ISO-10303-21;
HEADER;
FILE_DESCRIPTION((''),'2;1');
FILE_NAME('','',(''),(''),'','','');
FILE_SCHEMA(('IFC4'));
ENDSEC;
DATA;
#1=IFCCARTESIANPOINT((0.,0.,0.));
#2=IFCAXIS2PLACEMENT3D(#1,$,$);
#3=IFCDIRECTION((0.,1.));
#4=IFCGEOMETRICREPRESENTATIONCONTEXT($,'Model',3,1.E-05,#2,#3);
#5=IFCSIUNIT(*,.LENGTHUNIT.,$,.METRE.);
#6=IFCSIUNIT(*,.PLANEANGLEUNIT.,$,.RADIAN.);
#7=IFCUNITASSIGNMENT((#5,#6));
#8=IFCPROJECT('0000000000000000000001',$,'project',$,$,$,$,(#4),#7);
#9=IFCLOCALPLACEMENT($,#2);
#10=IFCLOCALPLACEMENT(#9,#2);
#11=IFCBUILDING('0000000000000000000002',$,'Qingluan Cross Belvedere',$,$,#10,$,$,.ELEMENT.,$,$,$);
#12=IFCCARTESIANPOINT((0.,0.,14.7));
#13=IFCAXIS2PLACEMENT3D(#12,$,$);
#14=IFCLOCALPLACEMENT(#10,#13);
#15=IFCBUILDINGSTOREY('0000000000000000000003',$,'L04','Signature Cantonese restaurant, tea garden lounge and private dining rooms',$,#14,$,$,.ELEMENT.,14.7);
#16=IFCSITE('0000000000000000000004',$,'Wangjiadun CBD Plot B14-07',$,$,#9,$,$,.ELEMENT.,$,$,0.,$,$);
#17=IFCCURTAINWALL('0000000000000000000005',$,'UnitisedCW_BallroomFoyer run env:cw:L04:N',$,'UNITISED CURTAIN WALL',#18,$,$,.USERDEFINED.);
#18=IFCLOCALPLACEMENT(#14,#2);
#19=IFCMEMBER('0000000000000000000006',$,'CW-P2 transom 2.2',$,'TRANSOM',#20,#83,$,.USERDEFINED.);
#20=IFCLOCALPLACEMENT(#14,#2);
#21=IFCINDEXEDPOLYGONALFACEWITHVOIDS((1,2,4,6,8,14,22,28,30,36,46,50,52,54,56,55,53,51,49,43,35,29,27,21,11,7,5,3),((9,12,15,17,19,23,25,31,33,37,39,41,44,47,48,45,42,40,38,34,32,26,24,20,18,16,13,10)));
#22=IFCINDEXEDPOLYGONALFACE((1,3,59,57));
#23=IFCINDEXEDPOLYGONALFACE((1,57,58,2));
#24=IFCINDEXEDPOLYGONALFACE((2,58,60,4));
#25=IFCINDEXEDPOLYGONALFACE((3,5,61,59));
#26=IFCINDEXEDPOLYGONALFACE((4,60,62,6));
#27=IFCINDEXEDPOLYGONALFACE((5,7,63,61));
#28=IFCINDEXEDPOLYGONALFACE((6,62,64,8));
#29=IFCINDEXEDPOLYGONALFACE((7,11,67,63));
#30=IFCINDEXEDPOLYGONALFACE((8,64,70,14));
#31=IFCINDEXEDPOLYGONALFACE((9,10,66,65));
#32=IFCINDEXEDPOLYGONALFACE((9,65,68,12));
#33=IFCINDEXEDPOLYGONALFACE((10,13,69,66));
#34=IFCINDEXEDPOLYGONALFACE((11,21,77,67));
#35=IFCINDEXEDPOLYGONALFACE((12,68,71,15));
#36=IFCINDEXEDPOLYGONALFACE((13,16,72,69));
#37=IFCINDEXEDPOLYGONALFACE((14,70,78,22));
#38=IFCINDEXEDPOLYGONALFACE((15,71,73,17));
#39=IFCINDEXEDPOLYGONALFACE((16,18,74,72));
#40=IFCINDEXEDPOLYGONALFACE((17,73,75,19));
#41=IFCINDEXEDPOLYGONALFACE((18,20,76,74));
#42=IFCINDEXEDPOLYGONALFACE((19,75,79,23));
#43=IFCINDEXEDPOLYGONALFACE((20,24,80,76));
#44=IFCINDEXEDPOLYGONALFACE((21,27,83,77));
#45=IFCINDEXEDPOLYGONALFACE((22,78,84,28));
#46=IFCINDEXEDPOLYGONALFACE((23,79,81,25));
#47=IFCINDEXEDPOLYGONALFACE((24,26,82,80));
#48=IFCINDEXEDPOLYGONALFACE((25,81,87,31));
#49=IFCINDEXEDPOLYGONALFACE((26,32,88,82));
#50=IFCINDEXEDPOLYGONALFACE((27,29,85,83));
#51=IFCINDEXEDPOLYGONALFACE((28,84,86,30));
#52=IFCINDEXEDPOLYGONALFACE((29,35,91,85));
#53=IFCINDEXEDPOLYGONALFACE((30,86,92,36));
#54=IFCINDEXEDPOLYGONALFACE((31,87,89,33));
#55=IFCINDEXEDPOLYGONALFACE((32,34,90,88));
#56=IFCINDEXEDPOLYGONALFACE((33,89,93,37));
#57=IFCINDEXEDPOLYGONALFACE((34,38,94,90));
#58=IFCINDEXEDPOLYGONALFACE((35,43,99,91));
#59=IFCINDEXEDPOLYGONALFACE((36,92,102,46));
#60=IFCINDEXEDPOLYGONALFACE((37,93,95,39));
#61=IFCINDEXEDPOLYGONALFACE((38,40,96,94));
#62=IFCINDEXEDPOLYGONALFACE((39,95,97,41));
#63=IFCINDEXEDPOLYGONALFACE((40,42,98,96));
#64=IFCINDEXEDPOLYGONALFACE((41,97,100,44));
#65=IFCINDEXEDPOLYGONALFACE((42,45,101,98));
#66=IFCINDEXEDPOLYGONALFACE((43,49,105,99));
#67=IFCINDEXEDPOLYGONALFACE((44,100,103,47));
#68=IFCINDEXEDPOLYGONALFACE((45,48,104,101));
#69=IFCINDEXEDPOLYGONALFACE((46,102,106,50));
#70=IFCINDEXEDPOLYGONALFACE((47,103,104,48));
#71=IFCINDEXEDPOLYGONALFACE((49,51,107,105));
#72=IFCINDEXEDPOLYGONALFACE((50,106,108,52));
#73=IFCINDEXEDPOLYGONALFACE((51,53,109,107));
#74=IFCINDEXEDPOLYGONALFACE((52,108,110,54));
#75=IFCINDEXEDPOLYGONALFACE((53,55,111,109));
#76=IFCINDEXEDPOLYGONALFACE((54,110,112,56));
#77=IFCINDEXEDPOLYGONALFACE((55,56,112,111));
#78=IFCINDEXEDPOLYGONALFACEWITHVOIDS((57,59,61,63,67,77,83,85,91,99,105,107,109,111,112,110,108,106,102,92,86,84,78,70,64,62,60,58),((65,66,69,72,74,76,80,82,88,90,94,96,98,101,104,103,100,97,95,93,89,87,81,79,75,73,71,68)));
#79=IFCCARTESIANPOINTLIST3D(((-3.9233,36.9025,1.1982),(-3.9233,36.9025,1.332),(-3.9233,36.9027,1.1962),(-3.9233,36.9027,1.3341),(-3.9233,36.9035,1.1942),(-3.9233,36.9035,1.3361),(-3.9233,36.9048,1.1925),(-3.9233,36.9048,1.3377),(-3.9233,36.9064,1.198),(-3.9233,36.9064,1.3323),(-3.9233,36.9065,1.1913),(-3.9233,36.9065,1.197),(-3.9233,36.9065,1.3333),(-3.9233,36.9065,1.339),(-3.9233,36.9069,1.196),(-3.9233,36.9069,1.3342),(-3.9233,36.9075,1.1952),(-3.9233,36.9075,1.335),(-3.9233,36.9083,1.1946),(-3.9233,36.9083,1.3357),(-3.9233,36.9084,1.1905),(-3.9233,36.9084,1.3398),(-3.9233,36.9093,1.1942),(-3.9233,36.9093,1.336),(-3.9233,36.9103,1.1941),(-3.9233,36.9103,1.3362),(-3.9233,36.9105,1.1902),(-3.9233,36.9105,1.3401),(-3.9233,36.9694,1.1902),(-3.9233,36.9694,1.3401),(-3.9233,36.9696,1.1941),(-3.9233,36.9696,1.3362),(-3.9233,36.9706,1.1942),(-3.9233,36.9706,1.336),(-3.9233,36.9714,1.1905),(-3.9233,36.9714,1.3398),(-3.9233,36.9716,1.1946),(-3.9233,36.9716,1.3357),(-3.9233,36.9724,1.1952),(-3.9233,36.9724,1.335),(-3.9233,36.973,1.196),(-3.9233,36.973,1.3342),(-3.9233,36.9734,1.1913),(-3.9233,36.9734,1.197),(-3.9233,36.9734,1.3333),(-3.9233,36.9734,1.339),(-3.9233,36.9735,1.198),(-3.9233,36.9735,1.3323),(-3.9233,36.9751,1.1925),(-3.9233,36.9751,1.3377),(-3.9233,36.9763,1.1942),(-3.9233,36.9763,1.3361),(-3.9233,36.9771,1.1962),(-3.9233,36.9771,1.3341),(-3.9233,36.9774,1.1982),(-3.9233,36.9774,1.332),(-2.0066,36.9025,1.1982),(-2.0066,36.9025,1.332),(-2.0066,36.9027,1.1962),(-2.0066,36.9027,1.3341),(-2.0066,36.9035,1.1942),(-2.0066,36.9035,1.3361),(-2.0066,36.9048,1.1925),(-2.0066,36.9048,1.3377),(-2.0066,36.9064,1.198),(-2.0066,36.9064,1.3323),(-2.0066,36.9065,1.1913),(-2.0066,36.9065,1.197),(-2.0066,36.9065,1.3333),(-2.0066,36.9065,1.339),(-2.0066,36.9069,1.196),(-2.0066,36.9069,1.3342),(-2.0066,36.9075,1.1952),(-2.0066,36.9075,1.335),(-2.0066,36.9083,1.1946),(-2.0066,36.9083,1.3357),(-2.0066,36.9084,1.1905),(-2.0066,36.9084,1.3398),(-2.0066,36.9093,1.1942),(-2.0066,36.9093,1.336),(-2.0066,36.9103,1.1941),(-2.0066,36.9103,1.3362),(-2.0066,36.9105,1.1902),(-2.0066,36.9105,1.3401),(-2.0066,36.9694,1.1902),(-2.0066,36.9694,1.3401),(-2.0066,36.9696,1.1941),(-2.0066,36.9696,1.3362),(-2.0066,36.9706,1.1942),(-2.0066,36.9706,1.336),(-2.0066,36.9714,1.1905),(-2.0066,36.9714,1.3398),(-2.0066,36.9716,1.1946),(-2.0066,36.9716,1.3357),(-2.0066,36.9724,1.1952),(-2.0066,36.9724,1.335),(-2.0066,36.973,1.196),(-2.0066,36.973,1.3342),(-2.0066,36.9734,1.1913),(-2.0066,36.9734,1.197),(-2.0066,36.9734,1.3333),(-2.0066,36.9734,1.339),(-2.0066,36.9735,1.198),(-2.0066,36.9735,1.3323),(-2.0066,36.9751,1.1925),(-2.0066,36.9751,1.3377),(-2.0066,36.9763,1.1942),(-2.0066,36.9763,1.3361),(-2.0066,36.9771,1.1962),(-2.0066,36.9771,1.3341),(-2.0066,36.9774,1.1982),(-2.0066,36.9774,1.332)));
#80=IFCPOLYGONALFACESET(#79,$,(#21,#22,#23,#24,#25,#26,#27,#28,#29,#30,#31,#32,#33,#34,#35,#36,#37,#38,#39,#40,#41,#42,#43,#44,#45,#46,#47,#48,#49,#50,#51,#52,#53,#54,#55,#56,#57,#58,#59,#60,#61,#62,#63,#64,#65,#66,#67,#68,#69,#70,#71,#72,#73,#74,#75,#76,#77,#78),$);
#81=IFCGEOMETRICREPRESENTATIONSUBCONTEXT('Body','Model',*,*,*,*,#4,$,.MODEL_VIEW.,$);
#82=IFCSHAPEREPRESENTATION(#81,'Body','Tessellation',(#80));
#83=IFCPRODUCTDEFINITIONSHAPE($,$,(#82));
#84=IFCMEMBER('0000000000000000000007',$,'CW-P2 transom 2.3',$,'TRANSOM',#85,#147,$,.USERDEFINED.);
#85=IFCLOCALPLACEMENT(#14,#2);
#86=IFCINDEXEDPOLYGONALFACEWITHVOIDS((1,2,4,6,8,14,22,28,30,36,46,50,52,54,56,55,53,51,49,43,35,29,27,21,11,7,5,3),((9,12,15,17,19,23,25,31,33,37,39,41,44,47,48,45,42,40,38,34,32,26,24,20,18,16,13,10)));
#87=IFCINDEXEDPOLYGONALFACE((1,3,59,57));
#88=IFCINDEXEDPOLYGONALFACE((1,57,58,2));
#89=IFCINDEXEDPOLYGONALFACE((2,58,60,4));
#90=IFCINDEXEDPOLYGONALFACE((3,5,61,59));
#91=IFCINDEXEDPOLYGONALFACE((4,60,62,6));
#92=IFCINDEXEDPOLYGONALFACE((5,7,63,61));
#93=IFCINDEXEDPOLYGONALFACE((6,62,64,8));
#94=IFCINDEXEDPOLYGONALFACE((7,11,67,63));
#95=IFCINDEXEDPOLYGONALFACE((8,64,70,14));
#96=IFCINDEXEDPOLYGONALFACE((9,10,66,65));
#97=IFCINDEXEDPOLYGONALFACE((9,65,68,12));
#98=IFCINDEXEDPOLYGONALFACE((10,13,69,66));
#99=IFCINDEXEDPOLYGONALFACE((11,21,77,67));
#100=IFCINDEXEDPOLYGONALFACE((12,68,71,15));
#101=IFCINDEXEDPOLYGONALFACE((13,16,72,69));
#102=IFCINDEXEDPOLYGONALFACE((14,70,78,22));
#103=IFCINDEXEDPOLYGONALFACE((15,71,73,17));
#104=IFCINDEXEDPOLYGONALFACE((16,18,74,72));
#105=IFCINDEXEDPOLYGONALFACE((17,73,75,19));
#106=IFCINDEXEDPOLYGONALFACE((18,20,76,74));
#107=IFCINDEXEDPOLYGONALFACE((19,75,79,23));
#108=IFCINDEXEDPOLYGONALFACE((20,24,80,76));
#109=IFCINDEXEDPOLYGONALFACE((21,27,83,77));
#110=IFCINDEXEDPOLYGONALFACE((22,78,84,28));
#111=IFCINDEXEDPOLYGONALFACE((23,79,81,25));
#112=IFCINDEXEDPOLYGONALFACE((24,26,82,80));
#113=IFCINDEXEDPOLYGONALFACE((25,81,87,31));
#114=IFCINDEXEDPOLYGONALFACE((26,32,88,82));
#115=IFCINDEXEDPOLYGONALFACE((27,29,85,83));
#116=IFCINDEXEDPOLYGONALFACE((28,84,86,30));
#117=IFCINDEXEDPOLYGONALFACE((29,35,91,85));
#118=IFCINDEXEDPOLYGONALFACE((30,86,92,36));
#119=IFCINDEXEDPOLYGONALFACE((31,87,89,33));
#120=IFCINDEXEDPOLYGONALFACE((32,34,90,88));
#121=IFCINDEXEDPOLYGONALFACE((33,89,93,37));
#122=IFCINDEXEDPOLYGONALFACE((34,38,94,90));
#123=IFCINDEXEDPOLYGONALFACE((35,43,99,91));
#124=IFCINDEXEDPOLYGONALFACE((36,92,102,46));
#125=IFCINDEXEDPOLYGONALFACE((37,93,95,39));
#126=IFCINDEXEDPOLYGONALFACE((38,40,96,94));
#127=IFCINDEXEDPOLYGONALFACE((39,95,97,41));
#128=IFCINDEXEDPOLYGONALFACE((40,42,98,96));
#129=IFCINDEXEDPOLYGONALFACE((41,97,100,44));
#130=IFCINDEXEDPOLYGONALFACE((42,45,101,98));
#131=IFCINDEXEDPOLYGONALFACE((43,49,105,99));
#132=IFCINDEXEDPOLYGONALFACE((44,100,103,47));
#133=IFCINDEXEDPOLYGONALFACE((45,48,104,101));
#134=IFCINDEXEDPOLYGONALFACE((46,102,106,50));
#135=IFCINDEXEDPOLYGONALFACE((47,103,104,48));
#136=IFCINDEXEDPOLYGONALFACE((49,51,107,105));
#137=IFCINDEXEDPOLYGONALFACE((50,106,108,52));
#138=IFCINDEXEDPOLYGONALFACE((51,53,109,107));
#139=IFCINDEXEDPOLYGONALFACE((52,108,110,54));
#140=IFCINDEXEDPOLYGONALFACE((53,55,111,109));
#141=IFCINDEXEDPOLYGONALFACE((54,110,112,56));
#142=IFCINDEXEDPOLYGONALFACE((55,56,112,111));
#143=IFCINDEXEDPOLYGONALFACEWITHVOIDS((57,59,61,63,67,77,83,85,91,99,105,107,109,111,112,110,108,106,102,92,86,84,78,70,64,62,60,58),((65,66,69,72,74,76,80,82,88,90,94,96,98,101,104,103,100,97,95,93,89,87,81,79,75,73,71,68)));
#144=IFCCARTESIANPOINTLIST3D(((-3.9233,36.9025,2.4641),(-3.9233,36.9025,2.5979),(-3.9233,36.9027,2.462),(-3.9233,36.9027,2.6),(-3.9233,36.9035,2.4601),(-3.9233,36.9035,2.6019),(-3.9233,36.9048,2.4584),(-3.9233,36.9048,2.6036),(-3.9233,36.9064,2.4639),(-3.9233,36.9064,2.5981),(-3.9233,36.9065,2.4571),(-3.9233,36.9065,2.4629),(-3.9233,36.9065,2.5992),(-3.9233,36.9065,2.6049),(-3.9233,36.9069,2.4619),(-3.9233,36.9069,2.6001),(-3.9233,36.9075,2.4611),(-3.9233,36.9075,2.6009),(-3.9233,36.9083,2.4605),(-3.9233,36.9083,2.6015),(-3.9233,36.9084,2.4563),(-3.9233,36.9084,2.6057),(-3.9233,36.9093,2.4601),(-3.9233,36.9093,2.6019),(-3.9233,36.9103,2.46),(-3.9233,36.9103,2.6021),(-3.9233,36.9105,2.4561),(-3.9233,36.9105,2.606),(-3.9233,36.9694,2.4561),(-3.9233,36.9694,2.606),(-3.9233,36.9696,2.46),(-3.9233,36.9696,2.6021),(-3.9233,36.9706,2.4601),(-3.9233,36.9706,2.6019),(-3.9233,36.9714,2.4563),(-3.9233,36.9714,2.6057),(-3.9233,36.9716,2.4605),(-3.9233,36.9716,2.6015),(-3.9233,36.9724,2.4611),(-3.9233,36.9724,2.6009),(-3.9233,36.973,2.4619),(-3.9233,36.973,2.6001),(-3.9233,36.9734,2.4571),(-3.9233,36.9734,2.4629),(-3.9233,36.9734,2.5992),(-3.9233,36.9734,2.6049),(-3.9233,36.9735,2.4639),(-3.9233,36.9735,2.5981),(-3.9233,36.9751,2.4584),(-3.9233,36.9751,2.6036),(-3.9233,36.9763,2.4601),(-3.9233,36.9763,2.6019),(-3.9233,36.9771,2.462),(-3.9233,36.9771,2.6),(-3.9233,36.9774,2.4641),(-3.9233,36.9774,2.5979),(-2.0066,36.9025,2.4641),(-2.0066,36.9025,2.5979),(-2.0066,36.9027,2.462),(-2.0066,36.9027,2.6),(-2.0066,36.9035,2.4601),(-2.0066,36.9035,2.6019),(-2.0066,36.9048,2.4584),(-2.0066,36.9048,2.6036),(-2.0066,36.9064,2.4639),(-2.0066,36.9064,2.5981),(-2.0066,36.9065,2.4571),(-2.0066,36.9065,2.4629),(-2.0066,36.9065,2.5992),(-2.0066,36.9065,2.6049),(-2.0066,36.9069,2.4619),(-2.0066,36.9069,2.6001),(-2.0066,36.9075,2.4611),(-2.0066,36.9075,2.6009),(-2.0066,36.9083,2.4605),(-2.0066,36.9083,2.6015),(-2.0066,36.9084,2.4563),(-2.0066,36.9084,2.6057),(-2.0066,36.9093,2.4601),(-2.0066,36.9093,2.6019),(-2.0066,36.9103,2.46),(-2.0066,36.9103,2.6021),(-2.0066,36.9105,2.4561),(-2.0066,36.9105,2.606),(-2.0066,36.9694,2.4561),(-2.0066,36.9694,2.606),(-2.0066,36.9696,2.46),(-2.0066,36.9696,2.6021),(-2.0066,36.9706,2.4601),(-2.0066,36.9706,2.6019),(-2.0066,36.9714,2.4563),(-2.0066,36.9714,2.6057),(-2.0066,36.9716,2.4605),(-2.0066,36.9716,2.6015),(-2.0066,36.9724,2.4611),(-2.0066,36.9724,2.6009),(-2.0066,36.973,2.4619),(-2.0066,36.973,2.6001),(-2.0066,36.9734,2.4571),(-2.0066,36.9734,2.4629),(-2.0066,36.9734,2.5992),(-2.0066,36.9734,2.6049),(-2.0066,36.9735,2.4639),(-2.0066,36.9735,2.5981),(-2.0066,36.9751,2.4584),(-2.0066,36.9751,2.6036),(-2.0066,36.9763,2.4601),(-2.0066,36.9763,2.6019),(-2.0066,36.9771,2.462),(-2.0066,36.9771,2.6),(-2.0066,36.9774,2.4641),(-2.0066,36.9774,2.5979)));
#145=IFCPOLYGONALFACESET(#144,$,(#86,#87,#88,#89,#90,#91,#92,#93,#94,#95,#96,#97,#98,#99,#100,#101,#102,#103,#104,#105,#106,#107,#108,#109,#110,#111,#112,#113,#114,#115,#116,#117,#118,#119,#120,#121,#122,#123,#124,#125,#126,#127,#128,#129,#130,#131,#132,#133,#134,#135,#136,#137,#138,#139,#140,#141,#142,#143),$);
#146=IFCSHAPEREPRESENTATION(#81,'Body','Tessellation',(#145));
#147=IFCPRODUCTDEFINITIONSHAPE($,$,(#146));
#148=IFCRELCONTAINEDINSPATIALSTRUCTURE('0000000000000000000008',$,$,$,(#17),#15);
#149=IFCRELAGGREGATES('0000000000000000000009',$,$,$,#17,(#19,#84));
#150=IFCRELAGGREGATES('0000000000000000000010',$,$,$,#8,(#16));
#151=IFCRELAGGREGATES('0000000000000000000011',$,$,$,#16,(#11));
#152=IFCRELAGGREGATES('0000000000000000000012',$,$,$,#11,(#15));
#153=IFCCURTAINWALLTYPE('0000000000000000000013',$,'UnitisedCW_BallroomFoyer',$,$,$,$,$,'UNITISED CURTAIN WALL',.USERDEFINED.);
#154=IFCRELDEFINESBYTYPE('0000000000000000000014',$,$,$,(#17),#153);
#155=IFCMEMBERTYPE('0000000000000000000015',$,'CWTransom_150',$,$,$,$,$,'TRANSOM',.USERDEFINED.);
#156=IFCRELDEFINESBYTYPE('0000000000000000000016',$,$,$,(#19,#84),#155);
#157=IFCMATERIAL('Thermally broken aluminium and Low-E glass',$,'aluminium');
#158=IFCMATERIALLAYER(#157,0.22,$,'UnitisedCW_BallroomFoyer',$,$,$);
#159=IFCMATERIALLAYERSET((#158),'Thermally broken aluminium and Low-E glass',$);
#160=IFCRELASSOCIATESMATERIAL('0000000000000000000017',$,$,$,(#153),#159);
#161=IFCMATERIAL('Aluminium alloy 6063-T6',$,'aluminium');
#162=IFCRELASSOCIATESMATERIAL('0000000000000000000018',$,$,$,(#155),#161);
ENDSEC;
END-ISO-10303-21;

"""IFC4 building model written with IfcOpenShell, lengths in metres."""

from ifc_helpers import new_model, si_unit, direction, frame, origin, origin_2d, place, context, subcontext, project, spatial, hollow_rectangle, extrude, material, layer, layer_set, material_profile, profile_set, type_object, element, aggregate, save


model = new_model("IFC4")

# Units and contexts
model_context = context("Model", 3, precision=1e-05, world=origin(), true_north=direction((0.0, 1.0)))
body_context = subcontext(model_context, "Body", "Model", "MODEL_VIEW")
ifc_project = project(units=[si_unit("LENGTHUNIT", "METRE"), si_unit("PLANEANGLEUNIT", "RADIAN")], contexts=[model_context])

# Site, building, storey
site_placement = place(None, origin())
site = spatial("IfcSite", under=ifc_project, at=site_placement, Name="Wangjiadun CBD Plot B14-07", CompositionType="ELEMENT", RefElevation=0.0)
building_placement = place(site_placement, origin())
building = spatial("IfcBuilding", under=site, at=building_placement, Name="Qingluan Cross Belvedere", CompositionType="ELEMENT")
storey_placement = place(building_placement, frame((0.0, 0.0, 14.7)))
storey = spatial("IfcBuildingStorey", under=building, at=storey_placement, Name="L04", Description="Signature Cantonese restaurant, tea garden lounge and private dining rooms", CompositionType="ELEMENT", Elevation=14.7)

# Curtain wall, members
ifc_material_1 = material(Name="Thermally broken aluminium and Low-E glass", Category="aluminium")
ifc_layer_1 = layer(ifc_material_1, 0.22, Name="UnitisedCW_BallroomFoyer")
ifc_layer_set_1 = layer_set([ifc_layer_1], Name="Thermally broken aluminium and Low-E glass")
curtain_wall_type = type_object("IfcCurtainWallType", Name="UnitisedCW_BallroomFoyer", ElementType="UNITISED CURTAIN WALL", PredefinedType="USERDEFINED", material=ifc_layer_set_1)
curtain_wall_placement = place(storey_placement, origin())
curtain_wall = element("IfcCurtainWall", 1, at=curtain_wall_placement, inside=storey, type_object=curtain_wall_type, Name="UnitisedCW_BallroomFoyer run env:cw:L04:N", ObjectType="UNITISED CURTAIN WALL", PredefinedType="USERDEFINED")
ifc_material_2 = material(Name="Aluminium alloy 6063-T6", Category="aluminium")
ifc_material_profile_1 = material_profile(ifc_material_2, hollow_rectangle(XDim=0.075, YDim=0.1499, WallThickness=0.0039, InnerFilletRadius=0.0039, OuterFilletRadius=0.0081, at=origin_2d()), Name="CWT150x75x4")
ifc_profile_set_1 = profile_set([ifc_material_profile_1], Name="Aluminium alloy 6063-T6")
member_type_1 = type_object("IfcMemberType", Name="CWTransom_150", ElementType="TRANSOM", PredefinedType="USERDEFINED", material=ifc_profile_set_1)
member_1_placement = place(storey_placement, frame((-3.9233, 36.9399, 1.2651), z_axis=(1.0, 0.0, 0.0), x_axis=(0.0, 1.0, 0.0)))
member_1 = element("IfcMember", 2, at=member_1_placement, type_object=member_type_1, Name="CW-P2 transom 2.2", ObjectType="TRANSOM", PredefinedType="USERDEFINED", context=body_context, shape_type="SweptSolid", body=[
    extrude(hollow_rectangle(XDim=0.075, YDim=0.1499, WallThickness=0.0039, InnerFilletRadius=0.0039, OuterFilletRadius=0.0081, at=origin_2d()), origin(), (0.0, 0.0, 1.0), 1.9167),
])
member_2_placement = place(storey_placement, frame((-3.9233, 36.9399, 2.531), z_axis=(1.0, 0.0, 0.0), x_axis=(0.0, 1.0, 0.0)))
member_2 = element("IfcMember", 3, at=member_2_placement, type_object=member_type_1, Name="CW-P2 transom 2.3", ObjectType="TRANSOM", PredefinedType="USERDEFINED", context=body_context, shape_type="SweptSolid", body=[
    extrude(hollow_rectangle(XDim=0.075, YDim=0.1499, WallThickness=0.0039, InnerFilletRadius=0.0039, OuterFilletRadius=0.0081, at=origin_2d()), origin(), (0.0, 0.0, 1.0), 1.9167),
])

aggregate(curtain_wall, [member_1, member_2])

save(model, "model.ifc")
